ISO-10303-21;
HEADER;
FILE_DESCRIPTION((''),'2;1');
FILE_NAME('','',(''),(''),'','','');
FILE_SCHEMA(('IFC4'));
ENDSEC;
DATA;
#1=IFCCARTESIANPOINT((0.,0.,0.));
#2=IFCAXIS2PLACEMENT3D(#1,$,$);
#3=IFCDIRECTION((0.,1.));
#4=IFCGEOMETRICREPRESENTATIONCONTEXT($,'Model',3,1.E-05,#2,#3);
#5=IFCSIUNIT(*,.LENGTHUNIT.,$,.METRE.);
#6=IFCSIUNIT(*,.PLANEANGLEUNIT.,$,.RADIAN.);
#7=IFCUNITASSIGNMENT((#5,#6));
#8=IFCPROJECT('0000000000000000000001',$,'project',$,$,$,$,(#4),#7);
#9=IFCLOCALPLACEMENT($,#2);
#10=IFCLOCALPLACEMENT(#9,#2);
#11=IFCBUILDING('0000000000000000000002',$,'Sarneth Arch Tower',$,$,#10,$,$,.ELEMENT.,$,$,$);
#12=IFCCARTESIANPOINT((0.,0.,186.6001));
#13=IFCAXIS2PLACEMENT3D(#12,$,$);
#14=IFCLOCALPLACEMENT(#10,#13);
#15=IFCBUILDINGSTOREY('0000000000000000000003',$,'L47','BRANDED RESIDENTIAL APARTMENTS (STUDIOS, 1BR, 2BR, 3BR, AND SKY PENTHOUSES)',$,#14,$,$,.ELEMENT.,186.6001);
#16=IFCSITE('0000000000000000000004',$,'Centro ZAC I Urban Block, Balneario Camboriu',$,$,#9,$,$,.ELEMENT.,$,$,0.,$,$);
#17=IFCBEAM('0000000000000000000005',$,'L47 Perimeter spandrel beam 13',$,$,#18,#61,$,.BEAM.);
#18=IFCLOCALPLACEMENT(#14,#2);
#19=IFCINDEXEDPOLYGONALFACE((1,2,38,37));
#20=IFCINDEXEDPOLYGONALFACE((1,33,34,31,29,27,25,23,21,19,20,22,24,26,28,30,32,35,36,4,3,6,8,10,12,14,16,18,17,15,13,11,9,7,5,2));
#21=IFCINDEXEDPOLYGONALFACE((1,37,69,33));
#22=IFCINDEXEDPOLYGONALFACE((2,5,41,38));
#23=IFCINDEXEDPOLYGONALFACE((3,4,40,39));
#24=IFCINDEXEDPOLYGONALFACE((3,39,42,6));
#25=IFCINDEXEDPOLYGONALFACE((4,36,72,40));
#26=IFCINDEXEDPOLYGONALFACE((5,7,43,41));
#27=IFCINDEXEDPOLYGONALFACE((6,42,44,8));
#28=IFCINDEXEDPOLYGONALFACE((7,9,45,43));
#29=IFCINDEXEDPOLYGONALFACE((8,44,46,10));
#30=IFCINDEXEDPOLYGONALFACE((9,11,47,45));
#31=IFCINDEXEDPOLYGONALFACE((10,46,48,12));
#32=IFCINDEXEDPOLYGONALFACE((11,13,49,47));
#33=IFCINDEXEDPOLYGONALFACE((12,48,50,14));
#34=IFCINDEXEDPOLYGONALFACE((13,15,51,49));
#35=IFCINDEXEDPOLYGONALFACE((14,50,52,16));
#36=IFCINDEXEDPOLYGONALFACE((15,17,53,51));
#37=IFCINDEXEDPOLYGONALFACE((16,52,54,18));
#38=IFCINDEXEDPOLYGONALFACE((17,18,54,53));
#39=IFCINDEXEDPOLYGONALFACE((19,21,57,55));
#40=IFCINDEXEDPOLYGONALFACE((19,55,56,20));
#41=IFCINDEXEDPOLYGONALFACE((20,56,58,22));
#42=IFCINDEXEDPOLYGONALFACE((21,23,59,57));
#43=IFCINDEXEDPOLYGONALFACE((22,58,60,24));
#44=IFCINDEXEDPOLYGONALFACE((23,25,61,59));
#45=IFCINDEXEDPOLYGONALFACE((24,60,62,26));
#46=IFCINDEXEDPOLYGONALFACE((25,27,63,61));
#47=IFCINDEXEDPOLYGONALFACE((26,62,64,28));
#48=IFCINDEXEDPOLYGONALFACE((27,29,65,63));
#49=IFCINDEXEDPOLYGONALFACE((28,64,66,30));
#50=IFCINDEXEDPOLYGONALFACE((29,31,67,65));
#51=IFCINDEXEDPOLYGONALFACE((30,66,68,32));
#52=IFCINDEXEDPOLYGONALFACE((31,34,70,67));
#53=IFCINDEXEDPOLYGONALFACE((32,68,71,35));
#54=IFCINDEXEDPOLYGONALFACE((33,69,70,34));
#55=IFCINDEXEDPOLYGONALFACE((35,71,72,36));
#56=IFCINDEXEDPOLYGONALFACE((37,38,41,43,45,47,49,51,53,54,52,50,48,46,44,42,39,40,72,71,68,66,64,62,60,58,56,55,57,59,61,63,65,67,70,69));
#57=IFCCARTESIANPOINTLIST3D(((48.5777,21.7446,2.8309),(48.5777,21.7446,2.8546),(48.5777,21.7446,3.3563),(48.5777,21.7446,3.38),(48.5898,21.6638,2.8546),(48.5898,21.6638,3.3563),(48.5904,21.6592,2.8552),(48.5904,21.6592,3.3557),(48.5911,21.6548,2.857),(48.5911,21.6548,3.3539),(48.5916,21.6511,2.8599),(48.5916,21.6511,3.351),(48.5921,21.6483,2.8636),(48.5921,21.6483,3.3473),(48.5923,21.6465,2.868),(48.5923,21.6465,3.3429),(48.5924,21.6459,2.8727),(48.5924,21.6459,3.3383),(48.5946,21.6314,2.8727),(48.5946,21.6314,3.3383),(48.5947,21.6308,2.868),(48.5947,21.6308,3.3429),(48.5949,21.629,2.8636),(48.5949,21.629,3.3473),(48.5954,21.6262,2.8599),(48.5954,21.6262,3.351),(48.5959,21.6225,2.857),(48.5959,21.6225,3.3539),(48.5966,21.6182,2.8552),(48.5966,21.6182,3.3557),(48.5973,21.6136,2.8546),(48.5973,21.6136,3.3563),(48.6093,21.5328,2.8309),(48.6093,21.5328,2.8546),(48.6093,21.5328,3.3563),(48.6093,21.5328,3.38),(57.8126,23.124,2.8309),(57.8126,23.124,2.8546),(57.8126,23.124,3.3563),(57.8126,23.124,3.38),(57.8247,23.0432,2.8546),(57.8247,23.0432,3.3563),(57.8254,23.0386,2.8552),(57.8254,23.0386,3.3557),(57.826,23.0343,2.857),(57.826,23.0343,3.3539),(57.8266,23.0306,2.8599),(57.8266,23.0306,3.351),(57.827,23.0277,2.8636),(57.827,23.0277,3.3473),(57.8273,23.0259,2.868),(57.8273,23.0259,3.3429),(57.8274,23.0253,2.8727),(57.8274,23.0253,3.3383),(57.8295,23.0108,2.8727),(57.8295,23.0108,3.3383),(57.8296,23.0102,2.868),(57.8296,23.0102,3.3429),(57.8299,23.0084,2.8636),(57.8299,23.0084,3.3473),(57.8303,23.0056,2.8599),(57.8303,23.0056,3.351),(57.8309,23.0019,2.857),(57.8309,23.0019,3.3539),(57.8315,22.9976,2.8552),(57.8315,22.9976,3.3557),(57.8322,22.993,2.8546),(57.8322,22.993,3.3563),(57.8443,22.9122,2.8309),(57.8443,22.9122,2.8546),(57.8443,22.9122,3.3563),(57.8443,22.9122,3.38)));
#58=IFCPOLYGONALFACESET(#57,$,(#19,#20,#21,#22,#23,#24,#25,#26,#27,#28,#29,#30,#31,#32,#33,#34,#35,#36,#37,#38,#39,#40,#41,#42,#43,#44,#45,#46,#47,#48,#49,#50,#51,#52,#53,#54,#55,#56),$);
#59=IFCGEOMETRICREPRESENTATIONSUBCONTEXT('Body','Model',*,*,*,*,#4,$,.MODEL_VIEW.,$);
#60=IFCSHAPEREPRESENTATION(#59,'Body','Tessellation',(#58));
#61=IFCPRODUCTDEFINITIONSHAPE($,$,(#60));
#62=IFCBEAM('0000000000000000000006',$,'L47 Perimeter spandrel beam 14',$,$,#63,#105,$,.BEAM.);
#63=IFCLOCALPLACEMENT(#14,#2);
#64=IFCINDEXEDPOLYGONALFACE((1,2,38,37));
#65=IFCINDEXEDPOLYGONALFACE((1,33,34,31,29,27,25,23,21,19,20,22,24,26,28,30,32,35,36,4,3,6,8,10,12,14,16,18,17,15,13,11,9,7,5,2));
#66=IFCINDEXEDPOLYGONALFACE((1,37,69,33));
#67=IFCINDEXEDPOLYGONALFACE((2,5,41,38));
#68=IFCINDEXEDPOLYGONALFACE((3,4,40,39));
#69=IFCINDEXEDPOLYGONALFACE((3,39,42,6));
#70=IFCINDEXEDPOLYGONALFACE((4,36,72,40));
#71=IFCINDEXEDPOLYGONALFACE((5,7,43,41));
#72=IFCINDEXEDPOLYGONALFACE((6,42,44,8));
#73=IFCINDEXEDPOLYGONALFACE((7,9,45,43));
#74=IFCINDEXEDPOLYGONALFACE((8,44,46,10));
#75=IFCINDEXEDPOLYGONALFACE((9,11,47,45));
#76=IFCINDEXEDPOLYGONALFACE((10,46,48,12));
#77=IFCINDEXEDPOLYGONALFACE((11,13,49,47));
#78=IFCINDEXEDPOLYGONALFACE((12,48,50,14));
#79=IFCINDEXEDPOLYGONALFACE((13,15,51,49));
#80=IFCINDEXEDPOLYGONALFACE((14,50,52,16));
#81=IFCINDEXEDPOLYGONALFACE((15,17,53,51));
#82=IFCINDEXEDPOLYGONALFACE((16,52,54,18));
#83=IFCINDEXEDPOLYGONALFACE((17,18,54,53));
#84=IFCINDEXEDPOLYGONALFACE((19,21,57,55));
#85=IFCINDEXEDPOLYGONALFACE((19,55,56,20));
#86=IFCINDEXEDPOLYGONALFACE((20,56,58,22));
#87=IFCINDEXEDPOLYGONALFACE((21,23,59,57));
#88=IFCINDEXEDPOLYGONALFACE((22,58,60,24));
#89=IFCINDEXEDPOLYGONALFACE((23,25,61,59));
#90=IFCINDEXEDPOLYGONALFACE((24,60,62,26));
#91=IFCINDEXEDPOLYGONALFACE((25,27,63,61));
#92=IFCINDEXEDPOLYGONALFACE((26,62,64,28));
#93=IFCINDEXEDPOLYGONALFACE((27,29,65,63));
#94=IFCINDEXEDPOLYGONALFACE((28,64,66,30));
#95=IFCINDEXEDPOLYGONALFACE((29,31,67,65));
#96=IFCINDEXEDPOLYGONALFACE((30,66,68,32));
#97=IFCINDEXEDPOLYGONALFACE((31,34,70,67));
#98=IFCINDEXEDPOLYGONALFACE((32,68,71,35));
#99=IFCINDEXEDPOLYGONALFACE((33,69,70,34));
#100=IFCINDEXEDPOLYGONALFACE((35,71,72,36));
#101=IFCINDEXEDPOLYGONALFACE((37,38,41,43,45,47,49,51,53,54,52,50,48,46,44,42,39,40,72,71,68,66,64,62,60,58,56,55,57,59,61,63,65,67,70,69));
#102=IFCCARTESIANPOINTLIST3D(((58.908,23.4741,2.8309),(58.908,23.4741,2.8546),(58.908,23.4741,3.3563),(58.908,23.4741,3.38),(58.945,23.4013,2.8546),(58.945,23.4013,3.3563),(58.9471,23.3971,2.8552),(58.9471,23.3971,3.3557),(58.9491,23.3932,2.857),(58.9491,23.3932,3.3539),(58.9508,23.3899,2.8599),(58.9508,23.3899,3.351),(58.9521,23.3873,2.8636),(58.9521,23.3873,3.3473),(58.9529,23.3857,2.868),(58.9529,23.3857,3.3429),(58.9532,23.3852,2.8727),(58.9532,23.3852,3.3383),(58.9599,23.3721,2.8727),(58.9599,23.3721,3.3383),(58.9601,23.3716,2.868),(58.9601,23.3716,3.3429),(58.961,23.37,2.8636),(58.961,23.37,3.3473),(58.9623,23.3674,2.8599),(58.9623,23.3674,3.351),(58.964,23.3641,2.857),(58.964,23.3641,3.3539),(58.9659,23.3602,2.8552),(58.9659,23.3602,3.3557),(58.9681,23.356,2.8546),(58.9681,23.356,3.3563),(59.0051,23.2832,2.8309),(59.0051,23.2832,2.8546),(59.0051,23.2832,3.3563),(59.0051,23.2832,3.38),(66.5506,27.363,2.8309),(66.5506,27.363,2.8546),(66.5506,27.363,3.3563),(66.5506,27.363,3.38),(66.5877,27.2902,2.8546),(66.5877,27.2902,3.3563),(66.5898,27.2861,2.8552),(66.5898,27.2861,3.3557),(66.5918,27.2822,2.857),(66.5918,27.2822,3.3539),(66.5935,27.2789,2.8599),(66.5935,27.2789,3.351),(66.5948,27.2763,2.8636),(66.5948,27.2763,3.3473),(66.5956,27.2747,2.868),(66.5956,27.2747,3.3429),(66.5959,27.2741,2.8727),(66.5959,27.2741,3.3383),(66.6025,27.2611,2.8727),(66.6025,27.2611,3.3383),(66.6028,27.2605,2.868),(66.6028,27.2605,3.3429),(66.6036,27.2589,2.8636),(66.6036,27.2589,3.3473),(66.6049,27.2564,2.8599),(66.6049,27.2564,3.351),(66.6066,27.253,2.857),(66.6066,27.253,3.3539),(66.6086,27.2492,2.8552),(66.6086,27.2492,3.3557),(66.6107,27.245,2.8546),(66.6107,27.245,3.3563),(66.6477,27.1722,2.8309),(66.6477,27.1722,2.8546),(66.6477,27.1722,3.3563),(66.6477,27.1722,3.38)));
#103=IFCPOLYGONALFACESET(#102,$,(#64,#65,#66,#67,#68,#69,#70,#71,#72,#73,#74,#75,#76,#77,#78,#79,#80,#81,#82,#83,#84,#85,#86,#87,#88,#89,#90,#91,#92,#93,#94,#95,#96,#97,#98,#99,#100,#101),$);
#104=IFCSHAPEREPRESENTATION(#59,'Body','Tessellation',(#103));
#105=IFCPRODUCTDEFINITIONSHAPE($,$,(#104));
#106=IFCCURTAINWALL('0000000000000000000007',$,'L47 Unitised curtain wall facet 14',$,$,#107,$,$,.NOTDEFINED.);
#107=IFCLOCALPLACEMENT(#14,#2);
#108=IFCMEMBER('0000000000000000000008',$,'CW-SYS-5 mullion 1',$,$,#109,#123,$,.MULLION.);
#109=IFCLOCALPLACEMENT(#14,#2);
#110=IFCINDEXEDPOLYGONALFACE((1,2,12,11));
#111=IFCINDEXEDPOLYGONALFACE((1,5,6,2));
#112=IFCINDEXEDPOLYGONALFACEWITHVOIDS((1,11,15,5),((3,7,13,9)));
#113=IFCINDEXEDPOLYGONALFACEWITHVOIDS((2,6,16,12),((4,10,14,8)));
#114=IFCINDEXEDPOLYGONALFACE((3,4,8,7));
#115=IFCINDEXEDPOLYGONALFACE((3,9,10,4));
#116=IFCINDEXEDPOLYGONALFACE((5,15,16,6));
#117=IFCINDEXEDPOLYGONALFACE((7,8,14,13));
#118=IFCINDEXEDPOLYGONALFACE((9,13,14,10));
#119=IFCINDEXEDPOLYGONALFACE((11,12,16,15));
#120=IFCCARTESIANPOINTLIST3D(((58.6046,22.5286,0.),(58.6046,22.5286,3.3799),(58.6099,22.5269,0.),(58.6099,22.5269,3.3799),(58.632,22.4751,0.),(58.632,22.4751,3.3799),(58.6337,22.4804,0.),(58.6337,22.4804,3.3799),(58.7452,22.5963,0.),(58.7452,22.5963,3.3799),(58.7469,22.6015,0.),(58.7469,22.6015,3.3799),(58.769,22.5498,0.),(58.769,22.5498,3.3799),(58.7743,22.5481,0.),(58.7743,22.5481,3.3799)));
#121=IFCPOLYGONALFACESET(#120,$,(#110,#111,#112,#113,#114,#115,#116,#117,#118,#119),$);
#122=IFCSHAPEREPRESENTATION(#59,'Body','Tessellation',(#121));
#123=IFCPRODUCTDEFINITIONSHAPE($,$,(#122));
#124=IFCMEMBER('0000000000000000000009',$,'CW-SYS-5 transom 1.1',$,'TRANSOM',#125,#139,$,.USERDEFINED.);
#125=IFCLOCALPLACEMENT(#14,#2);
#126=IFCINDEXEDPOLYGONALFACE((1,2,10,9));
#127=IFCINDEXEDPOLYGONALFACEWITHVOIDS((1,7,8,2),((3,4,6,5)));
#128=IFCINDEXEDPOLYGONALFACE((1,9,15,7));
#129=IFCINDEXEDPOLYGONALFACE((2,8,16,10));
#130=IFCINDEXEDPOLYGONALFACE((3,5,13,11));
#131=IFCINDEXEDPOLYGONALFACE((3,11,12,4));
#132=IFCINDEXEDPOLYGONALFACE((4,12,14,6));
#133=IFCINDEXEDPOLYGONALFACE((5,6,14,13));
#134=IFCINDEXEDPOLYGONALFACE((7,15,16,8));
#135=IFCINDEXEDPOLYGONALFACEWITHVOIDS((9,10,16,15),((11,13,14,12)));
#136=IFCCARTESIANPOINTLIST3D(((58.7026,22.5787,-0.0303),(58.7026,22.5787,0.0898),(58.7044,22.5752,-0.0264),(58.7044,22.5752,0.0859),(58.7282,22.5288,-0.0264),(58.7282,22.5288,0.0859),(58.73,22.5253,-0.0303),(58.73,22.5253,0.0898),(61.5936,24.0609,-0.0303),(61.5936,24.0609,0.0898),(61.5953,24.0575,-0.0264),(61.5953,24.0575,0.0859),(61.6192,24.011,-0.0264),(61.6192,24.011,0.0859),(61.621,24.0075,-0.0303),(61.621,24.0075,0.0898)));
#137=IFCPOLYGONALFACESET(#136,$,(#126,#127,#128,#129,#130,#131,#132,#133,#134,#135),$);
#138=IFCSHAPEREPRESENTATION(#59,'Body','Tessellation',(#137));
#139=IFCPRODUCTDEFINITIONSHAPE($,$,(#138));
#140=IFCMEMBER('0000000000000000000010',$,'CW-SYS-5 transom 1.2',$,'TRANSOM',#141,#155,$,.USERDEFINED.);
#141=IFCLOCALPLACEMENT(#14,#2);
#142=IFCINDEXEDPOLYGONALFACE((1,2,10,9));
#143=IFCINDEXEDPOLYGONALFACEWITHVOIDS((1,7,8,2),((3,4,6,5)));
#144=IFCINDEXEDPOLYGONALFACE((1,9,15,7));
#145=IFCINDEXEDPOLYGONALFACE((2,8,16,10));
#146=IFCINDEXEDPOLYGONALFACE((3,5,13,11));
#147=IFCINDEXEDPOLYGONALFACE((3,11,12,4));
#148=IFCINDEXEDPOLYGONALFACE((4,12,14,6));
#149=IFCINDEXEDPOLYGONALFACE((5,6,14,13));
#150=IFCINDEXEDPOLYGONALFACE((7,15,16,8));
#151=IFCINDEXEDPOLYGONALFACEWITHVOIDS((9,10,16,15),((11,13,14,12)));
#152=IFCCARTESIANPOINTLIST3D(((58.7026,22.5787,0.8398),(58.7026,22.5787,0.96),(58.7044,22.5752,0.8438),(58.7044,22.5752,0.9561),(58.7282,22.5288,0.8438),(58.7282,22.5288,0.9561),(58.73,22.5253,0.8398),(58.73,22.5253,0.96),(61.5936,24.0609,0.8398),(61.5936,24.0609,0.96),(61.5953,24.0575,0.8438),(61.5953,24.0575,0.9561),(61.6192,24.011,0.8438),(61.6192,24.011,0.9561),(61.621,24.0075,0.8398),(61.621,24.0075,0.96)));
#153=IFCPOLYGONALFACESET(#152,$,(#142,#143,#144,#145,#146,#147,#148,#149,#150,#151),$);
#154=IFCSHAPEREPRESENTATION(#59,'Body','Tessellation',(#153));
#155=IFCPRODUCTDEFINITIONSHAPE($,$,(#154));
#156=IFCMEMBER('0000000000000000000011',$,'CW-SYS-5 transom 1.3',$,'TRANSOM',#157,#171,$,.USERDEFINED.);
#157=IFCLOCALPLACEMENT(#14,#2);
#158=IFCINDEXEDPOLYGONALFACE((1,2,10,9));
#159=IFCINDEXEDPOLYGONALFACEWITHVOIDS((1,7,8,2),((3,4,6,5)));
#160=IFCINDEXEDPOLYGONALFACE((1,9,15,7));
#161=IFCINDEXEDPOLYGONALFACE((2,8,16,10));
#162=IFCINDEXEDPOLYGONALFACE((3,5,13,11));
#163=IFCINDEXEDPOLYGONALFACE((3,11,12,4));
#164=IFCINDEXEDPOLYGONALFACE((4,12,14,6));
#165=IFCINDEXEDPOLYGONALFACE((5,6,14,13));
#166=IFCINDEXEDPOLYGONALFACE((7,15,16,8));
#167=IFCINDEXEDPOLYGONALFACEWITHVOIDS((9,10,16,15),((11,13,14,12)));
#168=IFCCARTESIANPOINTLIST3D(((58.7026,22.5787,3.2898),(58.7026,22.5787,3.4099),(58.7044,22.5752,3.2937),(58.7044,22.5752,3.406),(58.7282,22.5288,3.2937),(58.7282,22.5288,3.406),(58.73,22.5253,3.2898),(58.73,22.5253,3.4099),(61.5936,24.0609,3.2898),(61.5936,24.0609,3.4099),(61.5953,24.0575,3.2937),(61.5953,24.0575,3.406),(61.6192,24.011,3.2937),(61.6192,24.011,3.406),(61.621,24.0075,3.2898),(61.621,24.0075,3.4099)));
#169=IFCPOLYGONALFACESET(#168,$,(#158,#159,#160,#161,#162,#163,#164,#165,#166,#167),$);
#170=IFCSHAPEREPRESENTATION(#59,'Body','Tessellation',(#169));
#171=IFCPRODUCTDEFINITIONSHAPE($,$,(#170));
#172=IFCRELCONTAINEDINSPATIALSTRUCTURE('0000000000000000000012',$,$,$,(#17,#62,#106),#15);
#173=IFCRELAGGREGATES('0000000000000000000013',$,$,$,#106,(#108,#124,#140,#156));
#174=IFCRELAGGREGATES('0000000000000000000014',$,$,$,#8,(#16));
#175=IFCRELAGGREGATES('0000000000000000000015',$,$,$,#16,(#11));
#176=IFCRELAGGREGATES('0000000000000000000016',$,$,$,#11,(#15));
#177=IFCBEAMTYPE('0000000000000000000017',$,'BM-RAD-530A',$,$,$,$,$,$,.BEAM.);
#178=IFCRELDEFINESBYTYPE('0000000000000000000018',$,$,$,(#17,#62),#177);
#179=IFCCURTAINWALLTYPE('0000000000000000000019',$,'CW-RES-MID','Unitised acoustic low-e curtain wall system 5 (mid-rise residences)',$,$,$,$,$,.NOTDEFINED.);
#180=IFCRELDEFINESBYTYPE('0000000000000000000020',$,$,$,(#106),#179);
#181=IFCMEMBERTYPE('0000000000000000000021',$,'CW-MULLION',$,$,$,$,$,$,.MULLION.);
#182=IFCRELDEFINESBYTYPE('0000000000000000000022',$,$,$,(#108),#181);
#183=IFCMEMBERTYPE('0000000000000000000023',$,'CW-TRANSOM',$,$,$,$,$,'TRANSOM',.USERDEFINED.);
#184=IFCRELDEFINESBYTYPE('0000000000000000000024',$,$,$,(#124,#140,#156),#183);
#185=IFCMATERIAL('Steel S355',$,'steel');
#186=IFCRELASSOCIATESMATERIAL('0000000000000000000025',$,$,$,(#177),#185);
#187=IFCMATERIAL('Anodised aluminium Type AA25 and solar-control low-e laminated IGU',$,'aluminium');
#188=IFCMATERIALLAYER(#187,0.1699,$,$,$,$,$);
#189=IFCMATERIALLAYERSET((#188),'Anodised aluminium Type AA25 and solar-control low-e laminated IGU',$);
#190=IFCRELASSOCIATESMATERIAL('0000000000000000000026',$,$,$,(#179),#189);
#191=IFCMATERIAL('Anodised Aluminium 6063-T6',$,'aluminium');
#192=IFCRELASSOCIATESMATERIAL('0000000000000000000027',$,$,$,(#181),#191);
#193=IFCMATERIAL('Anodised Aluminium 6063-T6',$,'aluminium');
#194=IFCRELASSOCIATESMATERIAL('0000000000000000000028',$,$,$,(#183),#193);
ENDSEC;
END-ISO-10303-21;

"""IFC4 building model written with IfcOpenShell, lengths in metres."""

from ifc_helpers import new_model, si_unit, direction, frame, origin, origin_2d, place, context, subcontext, project, spatial, hollow_rectangle, i_section, extrude, material, layer, layer_set, material_profile, profile_set, type_object, element, aggregate, save


model = new_model("IFC4")

# Units and contexts
model_context = context("Model", 3, precision=1e-05, world=origin(), true_north=direction((0.0, 1.0)))
body_context = subcontext(model_context, "Body", "Model", "MODEL_VIEW")
ifc_project = project(units=[si_unit("LENGTHUNIT", "METRE"), si_unit("PLANEANGLEUNIT", "RADIAN")], contexts=[model_context])

# Site, building, storey
site_placement = place(None, origin())
site = spatial("IfcSite", under=ifc_project, at=site_placement, Name="Centro ZAC I Urban Block, Balneario Camboriu", CompositionType="ELEMENT", RefElevation=0.0)
building_placement = place(site_placement, origin())
building = spatial("IfcBuilding", under=site, at=building_placement, Name="Sarneth Arch Tower", CompositionType="ELEMENT")
storey_placement = place(building_placement, frame((0.0, 0.0, 186.6001)))
storey = spatial("IfcBuildingStorey", under=building, at=storey_placement, Name="L47", Description="BRANDED RESIDENTIAL APARTMENTS (STUDIOS, 1BR, 2BR, 3BR, AND SKY PENTHOUSES)", CompositionType="ELEMENT", Elevation=186.6001)

# Beams
ifc_material_1 = material(Name="Steel S355", Category="steel")
ifc_material_profile_1 = material_profile(ifc_material_1, i_section(OverallWidth=0.2141, OverallDepth=0.5491, WebThickness=0.0146, FlangeThickness=0.0237, FilletRadius=0.0181, at=origin_2d()), Name="W530x138")
ifc_profile_set_1 = profile_set([ifc_material_profile_1], Name="Steel S355")
beam_type = type_object("IfcBeamType", Name="BM-RAD-530A", PredefinedType="BEAM", material=ifc_profile_set_1)
beam_1_placement = place(storey_placement, frame((48.5935, 21.6387, 3.1055), z_axis=(0.989028, 0.147729, 0.0), x_axis=(-0.147729, 0.989028, 0.0)))
element("IfcBeam", 1, at=beam_1_placement, inside=storey, type_object=beam_type, Name="L47 Perimeter spandrel beam 13", PredefinedType="BEAM", context=body_context, shape_type="SweptSolid", body=[
    extrude(i_section(OverallWidth=0.2141, OverallDepth=0.5491, WebThickness=0.0146, FlangeThickness=0.0237, FilletRadius=0.0181, at=origin_2d()), origin(), (0.0, 0.0, 1.0), 9.3374),
])
beam_2_placement = place(storey_placement, frame((58.9565, 23.3787, 3.1055), z_axis=(0.89125, 0.453512, 0.0), x_axis=(-0.453512, 0.89125, 0.0)))
element("IfcBeam", 2, at=beam_2_placement, inside=storey, type_object=beam_type, Name="L47 Perimeter spandrel beam 14", PredefinedType="BEAM", context=body_context, shape_type="SweptSolid", body=[
    extrude(i_section(OverallWidth=0.2141, OverallDepth=0.5491, WebThickness=0.0146, FlangeThickness=0.0237, FilletRadius=0.0181, at=origin_2d()), origin(), (0.0, 0.0, 1.0), 8.5752),
])

# Curtain wall, members
ifc_material_2 = material(Name="Anodised aluminium Type AA25 and solar-control low-e laminated IGU", Category="aluminium")
ifc_layer_1 = layer(ifc_material_2, 0.1699)
ifc_layer_set_1 = layer_set([ifc_layer_1], Name="Anodised aluminium Type AA25 and solar-control low-e laminated IGU")
curtain_wall_type = type_object("IfcCurtainWallType", Name="CW-RES-MID", Description="Unitised acoustic low-e curtain wall system 5 (mid-rise residences)", PredefinedType="NOTDEFINED", material=ifc_layer_set_1)
curtain_wall_placement = place(storey_placement, origin())
curtain_wall = element("IfcCurtainWall", 3, at=curtain_wall_placement, inside=storey, type_object=curtain_wall_type, Name="L47 Unitised curtain wall facet 14", PredefinedType="NOTDEFINED")
ifc_material_3 = material(Name="Anodised Aluminium 6063-T6", Category="aluminium")
ifc_material_profile_2 = material_profile(ifc_material_3, hollow_rectangle(XDim=0.0601, YDim=0.1599, WallThickness=0.0039, at=origin_2d()), Name="AL-MULL-160x60x4")
ifc_profile_set_2 = profile_set([ifc_material_profile_2], Name="Anodised Aluminium 6063-T6")
member_type_1 = type_object("IfcMemberType", Name="CW-MULLION", PredefinedType="MULLION", material=ifc_profile_set_2)
member_1_placement = place(storey_placement, frame((58.6895, 22.5383, 0.0), z_axis=(0.0, 0.0, 1.0), x_axis=(-0.456208, 0.889873, 0.0)))
member_1 = element("IfcMember", 4, at=member_1_placement, type_object=member_type_1, Name="CW-SYS-5 mullion 1", PredefinedType="MULLION", context=body_context, shape_type="SweptSolid", body=[
    extrude(hollow_rectangle(XDim=0.0601, YDim=0.1599, WallThickness=0.0039, at=origin_2d()), origin(), (0.0, 0.0, 1.0), 3.3799),
])
ifc_material_4 = material(Name="Anodised Aluminium 6063-T6", Category="aluminium")
ifc_material_profile_3 = material_profile(ifc_material_4, hollow_rectangle(XDim=0.0601, YDim=0.1201, WallThickness=0.0039, at=origin_2d()), Name="AL-TRAN-120x60x4")
ifc_profile_set_3 = profile_set([ifc_material_profile_3], Name="Anodised Aluminium 6063-T6")
member_type_2 = type_object("IfcMemberType", Name="CW-TRANSOM", ElementType="TRANSOM", PredefinedType="USERDEFINED", material=ifc_profile_set_3)
member_2_placement = place(storey_placement, frame((58.7163, 22.552, 0.0298), z_axis=(0.889857, 0.456239, 0.0), x_axis=(-0.456239, 0.889857, 0.0)))
member_2 = element("IfcMember", 5, at=member_2_placement, type_object=member_type_2, Name="CW-SYS-5 transom 1.1", ObjectType="TRANSOM", PredefinedType="USERDEFINED", context=body_context, shape_type="SweptSolid", body=[
    extrude(hollow_rectangle(XDim=0.0601, YDim=0.1201, WallThickness=0.0039, at=origin_2d()), origin(), (0.0, 0.0, 1.0), 3.2488),
])
member_3_placement = place(storey_placement, frame((58.7163, 22.552, 0.8999), z_axis=(0.889857, 0.456239, 0.0), x_axis=(-0.456239, 0.889857, 0.0)))
member_3 = element("IfcMember", 6, at=member_3_placement, type_object=member_type_2, Name="CW-SYS-5 transom 1.2", ObjectType="TRANSOM", PredefinedType="USERDEFINED", context=body_context, shape_type="SweptSolid", body=[
    extrude(hollow_rectangle(XDim=0.0601, YDim=0.1201, WallThickness=0.0039, at=origin_2d()), origin(), (0.0, 0.0, 1.0), 3.2488),
])
member_4_placement = place(storey_placement, frame((58.7163, 22.552, 3.3499), z_axis=(0.889857, 0.456239, 0.0), x_axis=(-0.456239, 0.889857, 0.0)))
member_4 = element("IfcMember", 7, at=member_4_placement, type_object=member_type_2, Name="CW-SYS-5 transom 1.3", ObjectType="TRANSOM", PredefinedType="USERDEFINED", context=body_context, shape_type="SweptSolid", body=[
    extrude(hollow_rectangle(XDim=0.0601, YDim=0.1201, WallThickness=0.0039, at=origin_2d()), origin(), (0.0, 0.0, 1.0), 3.2488),
])
aggregate(curtain_wall, [member_1, member_2, member_3, member_4])

save(model, "model.ifc")
